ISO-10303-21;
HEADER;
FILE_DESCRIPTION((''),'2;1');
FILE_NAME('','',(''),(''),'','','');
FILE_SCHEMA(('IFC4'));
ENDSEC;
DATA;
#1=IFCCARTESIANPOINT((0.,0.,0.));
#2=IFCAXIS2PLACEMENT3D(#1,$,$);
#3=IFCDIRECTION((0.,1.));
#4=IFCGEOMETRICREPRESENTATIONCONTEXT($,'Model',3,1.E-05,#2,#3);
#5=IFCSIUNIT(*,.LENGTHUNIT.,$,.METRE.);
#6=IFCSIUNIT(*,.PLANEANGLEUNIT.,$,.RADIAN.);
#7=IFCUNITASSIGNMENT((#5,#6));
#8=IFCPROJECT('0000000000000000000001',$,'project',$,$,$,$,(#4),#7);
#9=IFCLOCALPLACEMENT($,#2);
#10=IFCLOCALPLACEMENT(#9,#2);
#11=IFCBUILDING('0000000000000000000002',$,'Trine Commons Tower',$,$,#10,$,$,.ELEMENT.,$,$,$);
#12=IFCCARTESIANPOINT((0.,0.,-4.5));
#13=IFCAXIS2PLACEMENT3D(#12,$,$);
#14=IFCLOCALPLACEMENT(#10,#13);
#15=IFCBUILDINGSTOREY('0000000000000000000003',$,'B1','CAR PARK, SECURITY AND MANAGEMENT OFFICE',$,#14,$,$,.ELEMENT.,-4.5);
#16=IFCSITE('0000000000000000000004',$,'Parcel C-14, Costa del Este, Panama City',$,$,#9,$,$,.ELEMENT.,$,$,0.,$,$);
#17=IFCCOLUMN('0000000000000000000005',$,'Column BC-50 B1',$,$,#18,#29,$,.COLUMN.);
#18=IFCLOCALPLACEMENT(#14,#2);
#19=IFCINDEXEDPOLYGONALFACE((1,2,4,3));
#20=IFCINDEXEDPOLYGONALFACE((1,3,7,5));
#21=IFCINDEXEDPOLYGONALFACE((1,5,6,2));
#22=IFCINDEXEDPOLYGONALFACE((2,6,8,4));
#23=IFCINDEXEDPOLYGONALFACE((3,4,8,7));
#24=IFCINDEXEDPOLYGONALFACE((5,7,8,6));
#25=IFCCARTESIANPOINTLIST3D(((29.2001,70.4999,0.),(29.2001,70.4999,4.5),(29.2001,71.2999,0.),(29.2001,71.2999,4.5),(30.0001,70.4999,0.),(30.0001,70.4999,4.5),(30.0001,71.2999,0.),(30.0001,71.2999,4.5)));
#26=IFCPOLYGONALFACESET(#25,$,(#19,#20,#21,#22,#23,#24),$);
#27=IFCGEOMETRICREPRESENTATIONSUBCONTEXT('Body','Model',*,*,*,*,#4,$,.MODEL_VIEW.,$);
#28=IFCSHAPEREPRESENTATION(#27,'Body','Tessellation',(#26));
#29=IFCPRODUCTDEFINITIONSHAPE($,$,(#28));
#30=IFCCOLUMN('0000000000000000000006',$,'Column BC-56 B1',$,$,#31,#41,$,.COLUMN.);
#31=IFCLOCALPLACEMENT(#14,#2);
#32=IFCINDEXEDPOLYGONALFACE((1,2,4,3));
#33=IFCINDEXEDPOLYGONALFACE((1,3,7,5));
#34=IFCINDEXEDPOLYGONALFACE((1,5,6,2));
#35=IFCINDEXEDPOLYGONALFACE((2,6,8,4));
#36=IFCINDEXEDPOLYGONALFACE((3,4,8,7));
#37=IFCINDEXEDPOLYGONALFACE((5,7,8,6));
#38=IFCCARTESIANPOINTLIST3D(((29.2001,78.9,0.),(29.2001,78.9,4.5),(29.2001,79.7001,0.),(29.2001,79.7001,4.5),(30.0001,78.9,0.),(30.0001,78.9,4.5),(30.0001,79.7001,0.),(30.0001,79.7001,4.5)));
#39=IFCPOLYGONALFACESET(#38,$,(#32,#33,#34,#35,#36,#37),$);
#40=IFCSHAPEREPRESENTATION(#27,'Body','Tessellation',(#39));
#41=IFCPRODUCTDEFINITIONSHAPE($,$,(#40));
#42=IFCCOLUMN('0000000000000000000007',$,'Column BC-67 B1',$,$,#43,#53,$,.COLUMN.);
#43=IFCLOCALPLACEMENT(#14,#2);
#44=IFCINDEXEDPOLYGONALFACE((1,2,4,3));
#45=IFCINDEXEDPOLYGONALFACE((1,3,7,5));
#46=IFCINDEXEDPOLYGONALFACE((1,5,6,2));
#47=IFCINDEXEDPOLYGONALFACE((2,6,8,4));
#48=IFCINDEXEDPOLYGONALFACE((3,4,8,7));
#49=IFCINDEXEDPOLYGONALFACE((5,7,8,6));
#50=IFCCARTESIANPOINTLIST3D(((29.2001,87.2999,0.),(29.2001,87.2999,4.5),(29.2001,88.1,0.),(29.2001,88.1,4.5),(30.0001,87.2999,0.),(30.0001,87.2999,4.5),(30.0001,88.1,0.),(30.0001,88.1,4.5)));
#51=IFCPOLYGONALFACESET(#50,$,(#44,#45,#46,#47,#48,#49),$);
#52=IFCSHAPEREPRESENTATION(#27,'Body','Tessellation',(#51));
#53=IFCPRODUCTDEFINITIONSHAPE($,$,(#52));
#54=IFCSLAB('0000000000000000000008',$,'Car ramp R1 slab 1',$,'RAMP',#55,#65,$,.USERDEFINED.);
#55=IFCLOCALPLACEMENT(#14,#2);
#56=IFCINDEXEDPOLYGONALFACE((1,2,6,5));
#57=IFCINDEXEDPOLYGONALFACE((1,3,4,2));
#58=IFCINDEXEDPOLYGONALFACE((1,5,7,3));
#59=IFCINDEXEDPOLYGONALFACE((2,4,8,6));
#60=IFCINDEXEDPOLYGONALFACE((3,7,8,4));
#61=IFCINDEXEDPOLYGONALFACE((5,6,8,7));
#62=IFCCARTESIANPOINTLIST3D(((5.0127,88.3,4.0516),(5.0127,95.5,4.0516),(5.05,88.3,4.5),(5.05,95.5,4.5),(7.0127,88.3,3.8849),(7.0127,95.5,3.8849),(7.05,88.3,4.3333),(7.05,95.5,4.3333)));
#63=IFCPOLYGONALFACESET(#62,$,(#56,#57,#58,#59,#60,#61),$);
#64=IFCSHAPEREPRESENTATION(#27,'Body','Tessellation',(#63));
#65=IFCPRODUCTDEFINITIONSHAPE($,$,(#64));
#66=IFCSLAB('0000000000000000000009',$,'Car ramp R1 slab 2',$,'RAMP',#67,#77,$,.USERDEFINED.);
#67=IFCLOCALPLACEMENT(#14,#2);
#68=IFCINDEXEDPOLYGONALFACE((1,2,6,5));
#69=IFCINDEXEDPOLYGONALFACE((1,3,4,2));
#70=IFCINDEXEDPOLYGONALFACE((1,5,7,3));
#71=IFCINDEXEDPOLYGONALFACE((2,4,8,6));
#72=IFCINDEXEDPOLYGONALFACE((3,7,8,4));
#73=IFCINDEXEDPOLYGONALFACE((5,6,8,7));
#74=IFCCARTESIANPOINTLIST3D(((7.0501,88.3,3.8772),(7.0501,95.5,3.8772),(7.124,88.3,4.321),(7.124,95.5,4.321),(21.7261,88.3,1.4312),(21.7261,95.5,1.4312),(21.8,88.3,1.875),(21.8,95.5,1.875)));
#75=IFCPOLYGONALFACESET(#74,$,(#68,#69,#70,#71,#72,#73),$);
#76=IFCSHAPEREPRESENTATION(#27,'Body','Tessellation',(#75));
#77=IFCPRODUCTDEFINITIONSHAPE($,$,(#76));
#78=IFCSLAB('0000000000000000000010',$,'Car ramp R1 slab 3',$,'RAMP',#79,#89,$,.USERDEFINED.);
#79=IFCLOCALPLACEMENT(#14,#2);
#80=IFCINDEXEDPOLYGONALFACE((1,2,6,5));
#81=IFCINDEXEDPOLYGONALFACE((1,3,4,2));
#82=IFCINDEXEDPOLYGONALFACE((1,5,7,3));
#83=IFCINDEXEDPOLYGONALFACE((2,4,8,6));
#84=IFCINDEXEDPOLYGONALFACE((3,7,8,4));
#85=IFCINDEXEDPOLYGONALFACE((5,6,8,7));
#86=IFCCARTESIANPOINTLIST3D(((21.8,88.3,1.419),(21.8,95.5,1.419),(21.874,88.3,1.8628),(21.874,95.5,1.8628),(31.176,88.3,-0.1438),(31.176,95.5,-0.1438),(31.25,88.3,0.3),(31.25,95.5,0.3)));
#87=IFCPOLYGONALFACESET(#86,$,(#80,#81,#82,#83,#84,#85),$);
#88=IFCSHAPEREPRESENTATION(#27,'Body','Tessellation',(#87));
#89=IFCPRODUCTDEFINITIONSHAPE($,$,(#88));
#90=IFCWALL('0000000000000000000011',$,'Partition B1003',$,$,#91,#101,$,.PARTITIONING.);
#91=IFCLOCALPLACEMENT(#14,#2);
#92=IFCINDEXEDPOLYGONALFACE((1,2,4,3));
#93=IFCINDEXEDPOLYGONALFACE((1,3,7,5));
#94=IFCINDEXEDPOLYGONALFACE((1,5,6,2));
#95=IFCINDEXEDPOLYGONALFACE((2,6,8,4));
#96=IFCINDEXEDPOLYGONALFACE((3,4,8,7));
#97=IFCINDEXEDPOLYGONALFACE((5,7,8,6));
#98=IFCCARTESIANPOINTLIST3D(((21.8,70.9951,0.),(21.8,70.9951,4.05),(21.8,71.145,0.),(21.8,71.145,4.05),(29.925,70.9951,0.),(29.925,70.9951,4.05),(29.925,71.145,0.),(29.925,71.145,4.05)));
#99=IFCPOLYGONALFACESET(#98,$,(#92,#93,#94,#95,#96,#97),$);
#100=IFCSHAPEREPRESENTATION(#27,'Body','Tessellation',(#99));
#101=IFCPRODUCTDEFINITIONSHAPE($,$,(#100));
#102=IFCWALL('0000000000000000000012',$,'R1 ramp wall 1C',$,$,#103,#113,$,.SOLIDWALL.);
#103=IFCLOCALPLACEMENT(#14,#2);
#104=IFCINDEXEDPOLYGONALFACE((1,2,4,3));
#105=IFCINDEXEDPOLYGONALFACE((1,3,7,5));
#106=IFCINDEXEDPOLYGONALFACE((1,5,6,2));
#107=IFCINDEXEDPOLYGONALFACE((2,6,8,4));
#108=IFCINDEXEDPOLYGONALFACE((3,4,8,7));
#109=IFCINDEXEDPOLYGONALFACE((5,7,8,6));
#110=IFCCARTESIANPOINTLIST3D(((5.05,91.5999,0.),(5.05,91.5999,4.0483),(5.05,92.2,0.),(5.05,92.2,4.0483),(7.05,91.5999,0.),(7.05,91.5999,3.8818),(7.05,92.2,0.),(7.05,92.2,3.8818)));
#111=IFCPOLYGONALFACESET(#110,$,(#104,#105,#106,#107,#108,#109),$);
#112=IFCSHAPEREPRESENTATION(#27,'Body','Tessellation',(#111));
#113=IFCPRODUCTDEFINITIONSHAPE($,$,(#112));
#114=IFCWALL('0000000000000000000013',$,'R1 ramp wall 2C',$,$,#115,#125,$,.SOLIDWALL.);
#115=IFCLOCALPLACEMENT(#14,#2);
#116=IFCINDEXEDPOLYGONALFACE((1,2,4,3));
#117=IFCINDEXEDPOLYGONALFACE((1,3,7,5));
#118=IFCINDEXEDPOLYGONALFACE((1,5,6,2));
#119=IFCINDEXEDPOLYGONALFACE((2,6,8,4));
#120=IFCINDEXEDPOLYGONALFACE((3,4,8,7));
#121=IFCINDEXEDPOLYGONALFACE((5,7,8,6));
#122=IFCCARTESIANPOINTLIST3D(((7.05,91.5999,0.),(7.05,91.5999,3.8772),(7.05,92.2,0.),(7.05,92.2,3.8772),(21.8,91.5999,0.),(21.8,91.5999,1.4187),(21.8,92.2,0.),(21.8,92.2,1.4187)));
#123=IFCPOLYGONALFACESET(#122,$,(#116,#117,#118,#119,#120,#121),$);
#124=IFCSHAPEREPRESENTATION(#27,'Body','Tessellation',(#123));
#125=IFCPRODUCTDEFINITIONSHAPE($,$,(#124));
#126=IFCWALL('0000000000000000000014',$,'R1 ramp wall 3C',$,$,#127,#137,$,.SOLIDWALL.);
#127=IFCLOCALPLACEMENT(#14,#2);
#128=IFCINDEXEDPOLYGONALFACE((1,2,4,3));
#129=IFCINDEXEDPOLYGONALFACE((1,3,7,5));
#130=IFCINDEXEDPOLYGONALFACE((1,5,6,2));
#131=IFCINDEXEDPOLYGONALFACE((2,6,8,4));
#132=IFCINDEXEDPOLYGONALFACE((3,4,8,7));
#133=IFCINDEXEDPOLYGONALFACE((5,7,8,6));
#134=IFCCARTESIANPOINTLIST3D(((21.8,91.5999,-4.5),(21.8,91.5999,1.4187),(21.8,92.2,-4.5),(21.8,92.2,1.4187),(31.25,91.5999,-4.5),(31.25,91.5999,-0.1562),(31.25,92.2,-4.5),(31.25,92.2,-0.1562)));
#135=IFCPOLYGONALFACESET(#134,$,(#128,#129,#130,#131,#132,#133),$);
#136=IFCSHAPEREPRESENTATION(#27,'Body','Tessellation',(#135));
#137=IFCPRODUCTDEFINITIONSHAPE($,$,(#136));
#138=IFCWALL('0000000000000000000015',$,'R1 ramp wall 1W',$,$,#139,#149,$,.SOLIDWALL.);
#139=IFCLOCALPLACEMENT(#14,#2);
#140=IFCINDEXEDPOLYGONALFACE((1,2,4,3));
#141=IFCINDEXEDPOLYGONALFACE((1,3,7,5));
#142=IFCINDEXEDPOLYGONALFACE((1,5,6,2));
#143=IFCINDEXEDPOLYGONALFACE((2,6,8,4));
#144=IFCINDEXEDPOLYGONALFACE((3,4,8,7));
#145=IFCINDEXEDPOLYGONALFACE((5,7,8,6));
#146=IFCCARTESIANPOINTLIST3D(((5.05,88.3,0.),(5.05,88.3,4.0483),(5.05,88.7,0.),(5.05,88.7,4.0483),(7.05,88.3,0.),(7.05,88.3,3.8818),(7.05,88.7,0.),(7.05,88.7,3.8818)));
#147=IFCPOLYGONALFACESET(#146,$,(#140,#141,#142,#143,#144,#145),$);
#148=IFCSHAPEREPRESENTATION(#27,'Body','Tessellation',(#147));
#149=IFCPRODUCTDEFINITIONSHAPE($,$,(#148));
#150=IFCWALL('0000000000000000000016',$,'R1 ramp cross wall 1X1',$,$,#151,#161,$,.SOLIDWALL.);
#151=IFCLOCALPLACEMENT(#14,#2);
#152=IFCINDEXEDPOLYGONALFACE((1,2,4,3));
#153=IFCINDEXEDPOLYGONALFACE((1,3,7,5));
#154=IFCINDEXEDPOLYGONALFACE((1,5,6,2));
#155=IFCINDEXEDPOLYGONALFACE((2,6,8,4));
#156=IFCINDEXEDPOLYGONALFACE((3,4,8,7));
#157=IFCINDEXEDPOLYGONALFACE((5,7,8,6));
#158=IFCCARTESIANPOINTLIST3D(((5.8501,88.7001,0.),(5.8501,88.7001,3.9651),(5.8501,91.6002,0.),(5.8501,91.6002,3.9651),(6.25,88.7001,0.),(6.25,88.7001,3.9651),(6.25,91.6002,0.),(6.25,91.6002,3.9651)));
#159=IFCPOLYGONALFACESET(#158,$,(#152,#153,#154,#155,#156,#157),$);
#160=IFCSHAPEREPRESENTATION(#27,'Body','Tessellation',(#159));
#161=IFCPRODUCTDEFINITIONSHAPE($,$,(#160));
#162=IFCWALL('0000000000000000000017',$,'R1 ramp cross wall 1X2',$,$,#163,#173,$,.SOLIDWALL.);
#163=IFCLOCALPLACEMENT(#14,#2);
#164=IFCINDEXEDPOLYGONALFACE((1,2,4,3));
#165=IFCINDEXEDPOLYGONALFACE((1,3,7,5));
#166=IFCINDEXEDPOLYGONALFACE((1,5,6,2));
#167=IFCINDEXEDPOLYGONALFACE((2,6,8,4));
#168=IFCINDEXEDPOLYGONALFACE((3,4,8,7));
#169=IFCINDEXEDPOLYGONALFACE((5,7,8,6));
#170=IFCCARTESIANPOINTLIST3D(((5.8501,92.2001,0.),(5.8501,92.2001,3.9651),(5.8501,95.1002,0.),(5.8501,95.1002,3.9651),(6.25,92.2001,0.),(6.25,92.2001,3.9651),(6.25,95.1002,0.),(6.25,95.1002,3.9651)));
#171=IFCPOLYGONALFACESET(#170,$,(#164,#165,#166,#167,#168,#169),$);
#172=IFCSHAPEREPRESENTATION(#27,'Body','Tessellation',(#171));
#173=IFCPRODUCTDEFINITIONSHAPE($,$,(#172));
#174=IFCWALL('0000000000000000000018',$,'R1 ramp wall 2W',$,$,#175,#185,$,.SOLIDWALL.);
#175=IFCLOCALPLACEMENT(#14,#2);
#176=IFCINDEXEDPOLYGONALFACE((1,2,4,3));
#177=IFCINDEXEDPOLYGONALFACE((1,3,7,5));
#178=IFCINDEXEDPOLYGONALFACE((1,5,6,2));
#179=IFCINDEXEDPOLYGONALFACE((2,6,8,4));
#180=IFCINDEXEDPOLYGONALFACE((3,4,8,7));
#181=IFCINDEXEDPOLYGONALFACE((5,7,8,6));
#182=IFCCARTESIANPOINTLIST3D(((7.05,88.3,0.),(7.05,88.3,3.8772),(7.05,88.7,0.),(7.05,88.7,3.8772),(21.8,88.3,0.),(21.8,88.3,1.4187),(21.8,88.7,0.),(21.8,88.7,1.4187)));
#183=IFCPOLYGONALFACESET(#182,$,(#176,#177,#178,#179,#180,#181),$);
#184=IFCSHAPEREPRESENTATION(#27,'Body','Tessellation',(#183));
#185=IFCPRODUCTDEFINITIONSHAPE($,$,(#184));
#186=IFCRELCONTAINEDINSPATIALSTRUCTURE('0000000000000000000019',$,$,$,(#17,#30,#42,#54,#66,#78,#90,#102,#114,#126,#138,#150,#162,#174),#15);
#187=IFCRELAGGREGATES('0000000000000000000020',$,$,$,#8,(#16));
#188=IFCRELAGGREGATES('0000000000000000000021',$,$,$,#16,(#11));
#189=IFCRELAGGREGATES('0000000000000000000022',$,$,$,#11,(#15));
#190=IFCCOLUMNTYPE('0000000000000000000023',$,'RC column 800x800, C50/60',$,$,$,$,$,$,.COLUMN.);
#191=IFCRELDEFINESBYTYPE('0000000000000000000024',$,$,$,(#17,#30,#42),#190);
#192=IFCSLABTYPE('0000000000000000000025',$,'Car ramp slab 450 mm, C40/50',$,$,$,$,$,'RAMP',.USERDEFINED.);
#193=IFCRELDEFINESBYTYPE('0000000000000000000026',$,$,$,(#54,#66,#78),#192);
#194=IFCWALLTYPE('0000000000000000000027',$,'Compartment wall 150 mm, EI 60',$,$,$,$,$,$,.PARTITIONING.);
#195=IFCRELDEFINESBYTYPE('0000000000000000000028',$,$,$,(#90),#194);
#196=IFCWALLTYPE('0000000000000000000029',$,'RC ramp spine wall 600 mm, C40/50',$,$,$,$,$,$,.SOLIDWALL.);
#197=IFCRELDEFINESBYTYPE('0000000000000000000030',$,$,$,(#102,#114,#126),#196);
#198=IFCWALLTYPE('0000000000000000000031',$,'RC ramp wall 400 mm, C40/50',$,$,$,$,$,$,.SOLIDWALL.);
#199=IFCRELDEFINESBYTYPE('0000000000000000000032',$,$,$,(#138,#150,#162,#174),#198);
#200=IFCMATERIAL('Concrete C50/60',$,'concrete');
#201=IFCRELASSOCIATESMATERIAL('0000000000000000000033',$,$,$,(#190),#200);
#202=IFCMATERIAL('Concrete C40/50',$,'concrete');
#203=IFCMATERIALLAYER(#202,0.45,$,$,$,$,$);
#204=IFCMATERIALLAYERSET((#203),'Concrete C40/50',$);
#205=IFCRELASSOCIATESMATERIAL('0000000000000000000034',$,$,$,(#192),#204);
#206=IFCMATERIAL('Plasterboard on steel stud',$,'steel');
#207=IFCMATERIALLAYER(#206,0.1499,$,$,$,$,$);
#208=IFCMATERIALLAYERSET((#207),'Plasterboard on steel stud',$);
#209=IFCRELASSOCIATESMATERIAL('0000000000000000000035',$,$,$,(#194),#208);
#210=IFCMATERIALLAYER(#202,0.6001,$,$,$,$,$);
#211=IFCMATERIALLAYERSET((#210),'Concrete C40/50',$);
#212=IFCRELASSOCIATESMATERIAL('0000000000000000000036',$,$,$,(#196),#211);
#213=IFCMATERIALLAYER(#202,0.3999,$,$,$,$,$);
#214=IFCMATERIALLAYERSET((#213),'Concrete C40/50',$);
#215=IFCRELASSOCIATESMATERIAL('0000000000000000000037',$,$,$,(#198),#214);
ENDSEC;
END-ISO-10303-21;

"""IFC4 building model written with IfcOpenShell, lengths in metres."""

from ifc_helpers import new_model, si_unit, direction, frame, frame_2d, origin, origin_2d, place, context, subcontext, project, spatial, polyline, rectangle, outline, extrude, material, layer, layer_set, material_profile, profile_set, type_object, element, save


model = new_model("IFC4")

# Units and contexts
model_context = context("Model", 3, precision=1e-05, world=origin(), true_north=direction((0.0, 1.0)))
body_context = subcontext(model_context, "Body", "Model", "MODEL_VIEW")
ifc_project = project(units=[si_unit("LENGTHUNIT", "METRE"), si_unit("PLANEANGLEUNIT", "RADIAN")], contexts=[model_context])

# Site, building, storey
site_placement = place(None, origin())
site = spatial("IfcSite", under=ifc_project, at=site_placement, Name="Parcel C-14, Costa del Este, Panama City", CompositionType="ELEMENT", RefElevation=0.0)
building_placement = place(site_placement, origin())
building = spatial("IfcBuilding", under=site, at=building_placement, Name="Trine Commons Tower", CompositionType="ELEMENT")
storey_placement = place(building_placement, frame((0.0, 0.0, -4.5)))
storey = spatial("IfcBuildingStorey", under=building, at=storey_placement, Name="B1", Description="CAR PARK, SECURITY AND MANAGEMENT OFFICE", CompositionType="ELEMENT", Elevation=-4.5)

# Columns
ifc_material_1 = material(Name="Concrete C50/60", Category="concrete")
ifc_material_profile = material_profile(ifc_material_1, rectangle(XDim=0.8, YDim=0.8, at=origin_2d()), Name="RC 800x800")
ifc_profile_set = profile_set([ifc_material_profile], Name="Concrete C50/60")
column_type = type_object("IfcColumnType", Name="RC column 800x800, C50/60", PredefinedType="COLUMN", material=ifc_profile_set)
for number, where, z_axis, x_axis, name in (
    (1, (29.6001, 70.8999, 0.0), (0.0, 0.0, 1.0), (1.0, 0.0, 0.0), "Column BC-50 B1"),
    (2, (29.6001, 79.3, 0.0), (0.0, 0.0, 1.0), (1.0, 0.0, 0.0), "Column BC-56 B1"),
    (3, (29.6001, 87.7, 0.0), (0.0, 0.0, 1.0), (1.0, 0.0, 0.0), "Column BC-67 B1"),
):
    element("IfcColumn", number, at=place(storey_placement, frame(where, z_axis=z_axis, x_axis=x_axis)), inside=storey, type_object=column_type, Name=name, PredefinedType="COLUMN", context=body_context, shape_type="SweptSolid", body=[
        extrude(rectangle(XDim=0.8, YDim=0.8, at=origin_2d()), origin(), (0.0, 0.0, 1.0), 4.5),
    ])

# Slabs
ifc_material_2 = material(Name="Concrete C40/50", Category="concrete")
ifc_layer_1 = layer(ifc_material_2, 0.45)
ifc_layer_set_1 = layer_set([ifc_layer_1], Name="Concrete C40/50")
slab_type = type_object("IfcSlabType", Name="Car ramp slab 450 mm, C40/50", ElementType="RAMP", PredefinedType="USERDEFINED", material=ifc_layer_set_1)
slab_1_placement = place(storey_placement, frame((5.05, 88.3, 4.5), z_axis=(0.083086, 0.0, 0.996542), x_axis=(0.0, 1.0, 0.0)))
element("IfcSlab", 4, at=slab_1_placement, inside=storey, type_object=slab_type, Name="Car ramp R1 slab 1", ObjectType="RAMP", PredefinedType="USERDEFINED", context=body_context, shape_type="SweptSolid", body=[
    extrude(outline(polyline([(0.0, 0.0), (7.2, 0.0), (7.2, -2.0069), (0.0, -2.0069), (0.0, 0.0)])), origin(), (0.0, 0.0, -1.0), 0.45),
])
slab_2_placement = place(storey_placement, frame((7.124, 88.3, 4.321), z_axis=(0.164402, 0.0, 0.986393), x_axis=(0.0, 1.0, 0.0)))
element("IfcSlab", 5, at=slab_2_placement, inside=storey, type_object=slab_type, Name="Car ramp R1 slab 2", ObjectType="RAMP", PredefinedType="USERDEFINED", context=body_context, shape_type="SweptSolid", body=[
    extrude(outline(polyline([(0.0, 0.0), (7.2, 0.0), (7.2, -14.8785), (0.0, -14.8785), (0.0, 0.0)])), origin(), (0.0, 0.0, -1.0), 0.45),
])
slab_3_placement = place(storey_placement, frame((21.874, 88.3, 1.8628), z_axis=(0.164407, 0.0, 0.986393), x_axis=(0.0, 1.0, 0.0)))
element("IfcSlab", 6, at=slab_3_placement, inside=storey, type_object=slab_type, Name="Car ramp R1 slab 3", ObjectType="RAMP", PredefinedType="USERDEFINED", context=body_context, shape_type="SweptSolid", body=[
    extrude(outline(polyline([(0.0, 0.0), (7.2, 0.0), (7.2, -9.5053), (0.0, -9.5053), (0.0, 0.0)])), origin(), (0.0, 0.0, -1.0), 0.45),
])

# Wall
ifc_material_3 = material(Name="Plasterboard on steel stud", Category="steel")
ifc_layer_2 = layer(ifc_material_3, 0.1499)
ifc_layer_set_2 = layer_set([ifc_layer_2], Name="Plasterboard on steel stud")
wall_type_1 = type_object("IfcWallType", Name="Compartment wall 150 mm, EI 60", PredefinedType="PARTITIONING", material=ifc_layer_set_2)
wall_1_placement = place(storey_placement, frame((21.8, 71.0701, 0.0), z_axis=(0.0, 0.0, 1.0), x_axis=(1.0, 0.0, 0.0)))
element("IfcWall", 7, at=wall_1_placement, inside=storey, type_object=wall_type_1, Name="Partition B1003", PredefinedType="PARTITIONING", context=body_context, shape_type="SweptSolid", body=[
    extrude(rectangle(XDim=8.125, YDim=0.1499, at=frame_2d((4.0625, 0.0))), origin(), (0.0, 0.0, 1.0), 4.05),
])

# Walls
ifc_layer_3 = layer(ifc_material_2, 0.6001)
ifc_layer_set_3 = layer_set([ifc_layer_3], Name="Concrete C40/50")
wall_type_2 = type_object("IfcWallType", Name="RC ramp spine wall 600 mm, C40/50", PredefinedType="SOLIDWALL", material=ifc_layer_set_3)
wall_2_placement = place(storey_placement, frame((5.05, 91.8999, 0.0), z_axis=(0.0, 0.0, 1.0), x_axis=(1.0, 0.0, 0.0)))
element("IfcWall", 8, at=wall_2_placement, inside=storey, type_object=wall_type_2, Name="R1 ramp wall 1C", PredefinedType="SOLIDWALL", context=body_context, shape_type="SweptSolid", body=[
    extrude(outline(polyline([(0.0, 0.0), (2.0, 0.0), (2.0, 3.8818), (0.0, 4.0483), (0.0, 0.0)])), frame((0.0, 0.3, 0.0), z_axis=(0.0, -1.0, 0.0), x_axis=(1.0, 0.0, 0.0)), (0.0, 0.0, 1.0), 0.6001),
])
wall_3_placement = place(storey_placement, frame((7.05, 91.8999, 0.0), z_axis=(0.0, 0.0, 1.0), x_axis=(1.0, 0.0, 0.0)))
element("IfcWall", 9, at=wall_3_placement, inside=storey, type_object=wall_type_2, Name="R1 ramp wall 2C", PredefinedType="SOLIDWALL", context=body_context, shape_type="SweptSolid", body=[
    extrude(outline(polyline([(0.0, 0.0), (14.75, 0.0), (14.75, 1.4187), (0.0, 3.8772), (0.0, 0.0)])), frame((0.0, 0.3, 0.0), z_axis=(0.0, -1.0, 0.0), x_axis=(1.0, 0.0, 0.0)), (0.0, 0.0, 1.0), 0.6001),
])
wall_4_placement = place(storey_placement, frame((21.8, 91.8999, -4.5), z_axis=(0.0, 0.0, 1.0), x_axis=(1.0, 0.0, 0.0)))
element("IfcWall", 10, at=wall_4_placement, inside=storey, type_object=wall_type_2, Name="R1 ramp wall 3C", PredefinedType="SOLIDWALL", context=body_context, shape_type="SweptSolid", body=[
    extrude(outline(polyline([(0.0, 0.0), (9.45, 0.0), (9.45, 4.3438), (0.0, 5.9187), (0.0, 0.0)])), frame((0.0, 0.3, 0.0), z_axis=(0.0, -1.0, 0.0), x_axis=(1.0, 0.0, 0.0)), (0.0, 0.0, 1.0), 0.6001),
])
ifc_layer_4 = layer(ifc_material_2, 0.3999)
ifc_layer_set_4 = layer_set([ifc_layer_4], Name="Concrete C40/50")
wall_type_3 = type_object("IfcWallType", Name="RC ramp wall 400 mm, C40/50", PredefinedType="SOLIDWALL", material=ifc_layer_set_4)
wall_5_placement = place(storey_placement, frame((5.05, 88.5, 0.0), z_axis=(0.0, 0.0, 1.0), x_axis=(1.0, 0.0, 0.0)))
element("IfcWall", 11, at=wall_5_placement, inside=storey, type_object=wall_type_3, Name="R1 ramp wall 1W", PredefinedType="SOLIDWALL", context=body_context, shape_type="SweptSolid", body=[
    extrude(outline(polyline([(0.0, 0.0), (2.0, 0.0), (2.0, 3.8818), (0.0, 4.0483), (0.0, 0.0)])), frame((0.0, 0.2, 0.0), z_axis=(0.0, -1.0, 0.0), x_axis=(1.0, 0.0, 0.0)), (0.0, 0.0, 1.0), 0.3999),
])
for number, where, z_axis, x_axis, name in (
    (12, (6.05, 88.7, 0.0), (0.0, 0.0, 1.0), (0.0, 1.0, 0.0), "R1 ramp cross wall 1X1"),
    (13, (6.05, 92.2, 0.0), (0.0, 0.0, 1.0), (0.0, 1.0, 0.0), "R1 ramp cross wall 1X2"),
):
    element("IfcWall", number, at=place(storey_placement, frame(where, z_axis=z_axis, x_axis=x_axis)), inside=storey, type_object=wall_type_3, Name=name, PredefinedType="SOLIDWALL", context=body_context, shape_type="SweptSolid", body=[
        extrude(rectangle(XDim=2.9001, YDim=0.3999, at=frame_2d((1.4502, 0.0))), origin(), (0.0, 0.0, 1.0), 3.9651),
    ])
wall_6_placement = place(storey_placement, frame((7.05, 88.5, 0.0), z_axis=(0.0, 0.0, 1.0), x_axis=(1.0, 0.0, 0.0)))
element("IfcWall", 14, at=wall_6_placement, inside=storey, type_object=wall_type_3, Name="R1 ramp wall 2W", PredefinedType="SOLIDWALL", context=body_context, shape_type="SweptSolid", body=[
    extrude(outline(polyline([(0.0, 0.0), (14.75, 0.0), (14.75, 1.4187), (0.0, 3.8772), (0.0, 0.0)])), frame((0.0, 0.2, 0.0), z_axis=(0.0, -1.0, 0.0), x_axis=(1.0, 0.0, 0.0)), (0.0, 0.0, 1.0), 0.3999),
])

save(model, "model.ifc")
